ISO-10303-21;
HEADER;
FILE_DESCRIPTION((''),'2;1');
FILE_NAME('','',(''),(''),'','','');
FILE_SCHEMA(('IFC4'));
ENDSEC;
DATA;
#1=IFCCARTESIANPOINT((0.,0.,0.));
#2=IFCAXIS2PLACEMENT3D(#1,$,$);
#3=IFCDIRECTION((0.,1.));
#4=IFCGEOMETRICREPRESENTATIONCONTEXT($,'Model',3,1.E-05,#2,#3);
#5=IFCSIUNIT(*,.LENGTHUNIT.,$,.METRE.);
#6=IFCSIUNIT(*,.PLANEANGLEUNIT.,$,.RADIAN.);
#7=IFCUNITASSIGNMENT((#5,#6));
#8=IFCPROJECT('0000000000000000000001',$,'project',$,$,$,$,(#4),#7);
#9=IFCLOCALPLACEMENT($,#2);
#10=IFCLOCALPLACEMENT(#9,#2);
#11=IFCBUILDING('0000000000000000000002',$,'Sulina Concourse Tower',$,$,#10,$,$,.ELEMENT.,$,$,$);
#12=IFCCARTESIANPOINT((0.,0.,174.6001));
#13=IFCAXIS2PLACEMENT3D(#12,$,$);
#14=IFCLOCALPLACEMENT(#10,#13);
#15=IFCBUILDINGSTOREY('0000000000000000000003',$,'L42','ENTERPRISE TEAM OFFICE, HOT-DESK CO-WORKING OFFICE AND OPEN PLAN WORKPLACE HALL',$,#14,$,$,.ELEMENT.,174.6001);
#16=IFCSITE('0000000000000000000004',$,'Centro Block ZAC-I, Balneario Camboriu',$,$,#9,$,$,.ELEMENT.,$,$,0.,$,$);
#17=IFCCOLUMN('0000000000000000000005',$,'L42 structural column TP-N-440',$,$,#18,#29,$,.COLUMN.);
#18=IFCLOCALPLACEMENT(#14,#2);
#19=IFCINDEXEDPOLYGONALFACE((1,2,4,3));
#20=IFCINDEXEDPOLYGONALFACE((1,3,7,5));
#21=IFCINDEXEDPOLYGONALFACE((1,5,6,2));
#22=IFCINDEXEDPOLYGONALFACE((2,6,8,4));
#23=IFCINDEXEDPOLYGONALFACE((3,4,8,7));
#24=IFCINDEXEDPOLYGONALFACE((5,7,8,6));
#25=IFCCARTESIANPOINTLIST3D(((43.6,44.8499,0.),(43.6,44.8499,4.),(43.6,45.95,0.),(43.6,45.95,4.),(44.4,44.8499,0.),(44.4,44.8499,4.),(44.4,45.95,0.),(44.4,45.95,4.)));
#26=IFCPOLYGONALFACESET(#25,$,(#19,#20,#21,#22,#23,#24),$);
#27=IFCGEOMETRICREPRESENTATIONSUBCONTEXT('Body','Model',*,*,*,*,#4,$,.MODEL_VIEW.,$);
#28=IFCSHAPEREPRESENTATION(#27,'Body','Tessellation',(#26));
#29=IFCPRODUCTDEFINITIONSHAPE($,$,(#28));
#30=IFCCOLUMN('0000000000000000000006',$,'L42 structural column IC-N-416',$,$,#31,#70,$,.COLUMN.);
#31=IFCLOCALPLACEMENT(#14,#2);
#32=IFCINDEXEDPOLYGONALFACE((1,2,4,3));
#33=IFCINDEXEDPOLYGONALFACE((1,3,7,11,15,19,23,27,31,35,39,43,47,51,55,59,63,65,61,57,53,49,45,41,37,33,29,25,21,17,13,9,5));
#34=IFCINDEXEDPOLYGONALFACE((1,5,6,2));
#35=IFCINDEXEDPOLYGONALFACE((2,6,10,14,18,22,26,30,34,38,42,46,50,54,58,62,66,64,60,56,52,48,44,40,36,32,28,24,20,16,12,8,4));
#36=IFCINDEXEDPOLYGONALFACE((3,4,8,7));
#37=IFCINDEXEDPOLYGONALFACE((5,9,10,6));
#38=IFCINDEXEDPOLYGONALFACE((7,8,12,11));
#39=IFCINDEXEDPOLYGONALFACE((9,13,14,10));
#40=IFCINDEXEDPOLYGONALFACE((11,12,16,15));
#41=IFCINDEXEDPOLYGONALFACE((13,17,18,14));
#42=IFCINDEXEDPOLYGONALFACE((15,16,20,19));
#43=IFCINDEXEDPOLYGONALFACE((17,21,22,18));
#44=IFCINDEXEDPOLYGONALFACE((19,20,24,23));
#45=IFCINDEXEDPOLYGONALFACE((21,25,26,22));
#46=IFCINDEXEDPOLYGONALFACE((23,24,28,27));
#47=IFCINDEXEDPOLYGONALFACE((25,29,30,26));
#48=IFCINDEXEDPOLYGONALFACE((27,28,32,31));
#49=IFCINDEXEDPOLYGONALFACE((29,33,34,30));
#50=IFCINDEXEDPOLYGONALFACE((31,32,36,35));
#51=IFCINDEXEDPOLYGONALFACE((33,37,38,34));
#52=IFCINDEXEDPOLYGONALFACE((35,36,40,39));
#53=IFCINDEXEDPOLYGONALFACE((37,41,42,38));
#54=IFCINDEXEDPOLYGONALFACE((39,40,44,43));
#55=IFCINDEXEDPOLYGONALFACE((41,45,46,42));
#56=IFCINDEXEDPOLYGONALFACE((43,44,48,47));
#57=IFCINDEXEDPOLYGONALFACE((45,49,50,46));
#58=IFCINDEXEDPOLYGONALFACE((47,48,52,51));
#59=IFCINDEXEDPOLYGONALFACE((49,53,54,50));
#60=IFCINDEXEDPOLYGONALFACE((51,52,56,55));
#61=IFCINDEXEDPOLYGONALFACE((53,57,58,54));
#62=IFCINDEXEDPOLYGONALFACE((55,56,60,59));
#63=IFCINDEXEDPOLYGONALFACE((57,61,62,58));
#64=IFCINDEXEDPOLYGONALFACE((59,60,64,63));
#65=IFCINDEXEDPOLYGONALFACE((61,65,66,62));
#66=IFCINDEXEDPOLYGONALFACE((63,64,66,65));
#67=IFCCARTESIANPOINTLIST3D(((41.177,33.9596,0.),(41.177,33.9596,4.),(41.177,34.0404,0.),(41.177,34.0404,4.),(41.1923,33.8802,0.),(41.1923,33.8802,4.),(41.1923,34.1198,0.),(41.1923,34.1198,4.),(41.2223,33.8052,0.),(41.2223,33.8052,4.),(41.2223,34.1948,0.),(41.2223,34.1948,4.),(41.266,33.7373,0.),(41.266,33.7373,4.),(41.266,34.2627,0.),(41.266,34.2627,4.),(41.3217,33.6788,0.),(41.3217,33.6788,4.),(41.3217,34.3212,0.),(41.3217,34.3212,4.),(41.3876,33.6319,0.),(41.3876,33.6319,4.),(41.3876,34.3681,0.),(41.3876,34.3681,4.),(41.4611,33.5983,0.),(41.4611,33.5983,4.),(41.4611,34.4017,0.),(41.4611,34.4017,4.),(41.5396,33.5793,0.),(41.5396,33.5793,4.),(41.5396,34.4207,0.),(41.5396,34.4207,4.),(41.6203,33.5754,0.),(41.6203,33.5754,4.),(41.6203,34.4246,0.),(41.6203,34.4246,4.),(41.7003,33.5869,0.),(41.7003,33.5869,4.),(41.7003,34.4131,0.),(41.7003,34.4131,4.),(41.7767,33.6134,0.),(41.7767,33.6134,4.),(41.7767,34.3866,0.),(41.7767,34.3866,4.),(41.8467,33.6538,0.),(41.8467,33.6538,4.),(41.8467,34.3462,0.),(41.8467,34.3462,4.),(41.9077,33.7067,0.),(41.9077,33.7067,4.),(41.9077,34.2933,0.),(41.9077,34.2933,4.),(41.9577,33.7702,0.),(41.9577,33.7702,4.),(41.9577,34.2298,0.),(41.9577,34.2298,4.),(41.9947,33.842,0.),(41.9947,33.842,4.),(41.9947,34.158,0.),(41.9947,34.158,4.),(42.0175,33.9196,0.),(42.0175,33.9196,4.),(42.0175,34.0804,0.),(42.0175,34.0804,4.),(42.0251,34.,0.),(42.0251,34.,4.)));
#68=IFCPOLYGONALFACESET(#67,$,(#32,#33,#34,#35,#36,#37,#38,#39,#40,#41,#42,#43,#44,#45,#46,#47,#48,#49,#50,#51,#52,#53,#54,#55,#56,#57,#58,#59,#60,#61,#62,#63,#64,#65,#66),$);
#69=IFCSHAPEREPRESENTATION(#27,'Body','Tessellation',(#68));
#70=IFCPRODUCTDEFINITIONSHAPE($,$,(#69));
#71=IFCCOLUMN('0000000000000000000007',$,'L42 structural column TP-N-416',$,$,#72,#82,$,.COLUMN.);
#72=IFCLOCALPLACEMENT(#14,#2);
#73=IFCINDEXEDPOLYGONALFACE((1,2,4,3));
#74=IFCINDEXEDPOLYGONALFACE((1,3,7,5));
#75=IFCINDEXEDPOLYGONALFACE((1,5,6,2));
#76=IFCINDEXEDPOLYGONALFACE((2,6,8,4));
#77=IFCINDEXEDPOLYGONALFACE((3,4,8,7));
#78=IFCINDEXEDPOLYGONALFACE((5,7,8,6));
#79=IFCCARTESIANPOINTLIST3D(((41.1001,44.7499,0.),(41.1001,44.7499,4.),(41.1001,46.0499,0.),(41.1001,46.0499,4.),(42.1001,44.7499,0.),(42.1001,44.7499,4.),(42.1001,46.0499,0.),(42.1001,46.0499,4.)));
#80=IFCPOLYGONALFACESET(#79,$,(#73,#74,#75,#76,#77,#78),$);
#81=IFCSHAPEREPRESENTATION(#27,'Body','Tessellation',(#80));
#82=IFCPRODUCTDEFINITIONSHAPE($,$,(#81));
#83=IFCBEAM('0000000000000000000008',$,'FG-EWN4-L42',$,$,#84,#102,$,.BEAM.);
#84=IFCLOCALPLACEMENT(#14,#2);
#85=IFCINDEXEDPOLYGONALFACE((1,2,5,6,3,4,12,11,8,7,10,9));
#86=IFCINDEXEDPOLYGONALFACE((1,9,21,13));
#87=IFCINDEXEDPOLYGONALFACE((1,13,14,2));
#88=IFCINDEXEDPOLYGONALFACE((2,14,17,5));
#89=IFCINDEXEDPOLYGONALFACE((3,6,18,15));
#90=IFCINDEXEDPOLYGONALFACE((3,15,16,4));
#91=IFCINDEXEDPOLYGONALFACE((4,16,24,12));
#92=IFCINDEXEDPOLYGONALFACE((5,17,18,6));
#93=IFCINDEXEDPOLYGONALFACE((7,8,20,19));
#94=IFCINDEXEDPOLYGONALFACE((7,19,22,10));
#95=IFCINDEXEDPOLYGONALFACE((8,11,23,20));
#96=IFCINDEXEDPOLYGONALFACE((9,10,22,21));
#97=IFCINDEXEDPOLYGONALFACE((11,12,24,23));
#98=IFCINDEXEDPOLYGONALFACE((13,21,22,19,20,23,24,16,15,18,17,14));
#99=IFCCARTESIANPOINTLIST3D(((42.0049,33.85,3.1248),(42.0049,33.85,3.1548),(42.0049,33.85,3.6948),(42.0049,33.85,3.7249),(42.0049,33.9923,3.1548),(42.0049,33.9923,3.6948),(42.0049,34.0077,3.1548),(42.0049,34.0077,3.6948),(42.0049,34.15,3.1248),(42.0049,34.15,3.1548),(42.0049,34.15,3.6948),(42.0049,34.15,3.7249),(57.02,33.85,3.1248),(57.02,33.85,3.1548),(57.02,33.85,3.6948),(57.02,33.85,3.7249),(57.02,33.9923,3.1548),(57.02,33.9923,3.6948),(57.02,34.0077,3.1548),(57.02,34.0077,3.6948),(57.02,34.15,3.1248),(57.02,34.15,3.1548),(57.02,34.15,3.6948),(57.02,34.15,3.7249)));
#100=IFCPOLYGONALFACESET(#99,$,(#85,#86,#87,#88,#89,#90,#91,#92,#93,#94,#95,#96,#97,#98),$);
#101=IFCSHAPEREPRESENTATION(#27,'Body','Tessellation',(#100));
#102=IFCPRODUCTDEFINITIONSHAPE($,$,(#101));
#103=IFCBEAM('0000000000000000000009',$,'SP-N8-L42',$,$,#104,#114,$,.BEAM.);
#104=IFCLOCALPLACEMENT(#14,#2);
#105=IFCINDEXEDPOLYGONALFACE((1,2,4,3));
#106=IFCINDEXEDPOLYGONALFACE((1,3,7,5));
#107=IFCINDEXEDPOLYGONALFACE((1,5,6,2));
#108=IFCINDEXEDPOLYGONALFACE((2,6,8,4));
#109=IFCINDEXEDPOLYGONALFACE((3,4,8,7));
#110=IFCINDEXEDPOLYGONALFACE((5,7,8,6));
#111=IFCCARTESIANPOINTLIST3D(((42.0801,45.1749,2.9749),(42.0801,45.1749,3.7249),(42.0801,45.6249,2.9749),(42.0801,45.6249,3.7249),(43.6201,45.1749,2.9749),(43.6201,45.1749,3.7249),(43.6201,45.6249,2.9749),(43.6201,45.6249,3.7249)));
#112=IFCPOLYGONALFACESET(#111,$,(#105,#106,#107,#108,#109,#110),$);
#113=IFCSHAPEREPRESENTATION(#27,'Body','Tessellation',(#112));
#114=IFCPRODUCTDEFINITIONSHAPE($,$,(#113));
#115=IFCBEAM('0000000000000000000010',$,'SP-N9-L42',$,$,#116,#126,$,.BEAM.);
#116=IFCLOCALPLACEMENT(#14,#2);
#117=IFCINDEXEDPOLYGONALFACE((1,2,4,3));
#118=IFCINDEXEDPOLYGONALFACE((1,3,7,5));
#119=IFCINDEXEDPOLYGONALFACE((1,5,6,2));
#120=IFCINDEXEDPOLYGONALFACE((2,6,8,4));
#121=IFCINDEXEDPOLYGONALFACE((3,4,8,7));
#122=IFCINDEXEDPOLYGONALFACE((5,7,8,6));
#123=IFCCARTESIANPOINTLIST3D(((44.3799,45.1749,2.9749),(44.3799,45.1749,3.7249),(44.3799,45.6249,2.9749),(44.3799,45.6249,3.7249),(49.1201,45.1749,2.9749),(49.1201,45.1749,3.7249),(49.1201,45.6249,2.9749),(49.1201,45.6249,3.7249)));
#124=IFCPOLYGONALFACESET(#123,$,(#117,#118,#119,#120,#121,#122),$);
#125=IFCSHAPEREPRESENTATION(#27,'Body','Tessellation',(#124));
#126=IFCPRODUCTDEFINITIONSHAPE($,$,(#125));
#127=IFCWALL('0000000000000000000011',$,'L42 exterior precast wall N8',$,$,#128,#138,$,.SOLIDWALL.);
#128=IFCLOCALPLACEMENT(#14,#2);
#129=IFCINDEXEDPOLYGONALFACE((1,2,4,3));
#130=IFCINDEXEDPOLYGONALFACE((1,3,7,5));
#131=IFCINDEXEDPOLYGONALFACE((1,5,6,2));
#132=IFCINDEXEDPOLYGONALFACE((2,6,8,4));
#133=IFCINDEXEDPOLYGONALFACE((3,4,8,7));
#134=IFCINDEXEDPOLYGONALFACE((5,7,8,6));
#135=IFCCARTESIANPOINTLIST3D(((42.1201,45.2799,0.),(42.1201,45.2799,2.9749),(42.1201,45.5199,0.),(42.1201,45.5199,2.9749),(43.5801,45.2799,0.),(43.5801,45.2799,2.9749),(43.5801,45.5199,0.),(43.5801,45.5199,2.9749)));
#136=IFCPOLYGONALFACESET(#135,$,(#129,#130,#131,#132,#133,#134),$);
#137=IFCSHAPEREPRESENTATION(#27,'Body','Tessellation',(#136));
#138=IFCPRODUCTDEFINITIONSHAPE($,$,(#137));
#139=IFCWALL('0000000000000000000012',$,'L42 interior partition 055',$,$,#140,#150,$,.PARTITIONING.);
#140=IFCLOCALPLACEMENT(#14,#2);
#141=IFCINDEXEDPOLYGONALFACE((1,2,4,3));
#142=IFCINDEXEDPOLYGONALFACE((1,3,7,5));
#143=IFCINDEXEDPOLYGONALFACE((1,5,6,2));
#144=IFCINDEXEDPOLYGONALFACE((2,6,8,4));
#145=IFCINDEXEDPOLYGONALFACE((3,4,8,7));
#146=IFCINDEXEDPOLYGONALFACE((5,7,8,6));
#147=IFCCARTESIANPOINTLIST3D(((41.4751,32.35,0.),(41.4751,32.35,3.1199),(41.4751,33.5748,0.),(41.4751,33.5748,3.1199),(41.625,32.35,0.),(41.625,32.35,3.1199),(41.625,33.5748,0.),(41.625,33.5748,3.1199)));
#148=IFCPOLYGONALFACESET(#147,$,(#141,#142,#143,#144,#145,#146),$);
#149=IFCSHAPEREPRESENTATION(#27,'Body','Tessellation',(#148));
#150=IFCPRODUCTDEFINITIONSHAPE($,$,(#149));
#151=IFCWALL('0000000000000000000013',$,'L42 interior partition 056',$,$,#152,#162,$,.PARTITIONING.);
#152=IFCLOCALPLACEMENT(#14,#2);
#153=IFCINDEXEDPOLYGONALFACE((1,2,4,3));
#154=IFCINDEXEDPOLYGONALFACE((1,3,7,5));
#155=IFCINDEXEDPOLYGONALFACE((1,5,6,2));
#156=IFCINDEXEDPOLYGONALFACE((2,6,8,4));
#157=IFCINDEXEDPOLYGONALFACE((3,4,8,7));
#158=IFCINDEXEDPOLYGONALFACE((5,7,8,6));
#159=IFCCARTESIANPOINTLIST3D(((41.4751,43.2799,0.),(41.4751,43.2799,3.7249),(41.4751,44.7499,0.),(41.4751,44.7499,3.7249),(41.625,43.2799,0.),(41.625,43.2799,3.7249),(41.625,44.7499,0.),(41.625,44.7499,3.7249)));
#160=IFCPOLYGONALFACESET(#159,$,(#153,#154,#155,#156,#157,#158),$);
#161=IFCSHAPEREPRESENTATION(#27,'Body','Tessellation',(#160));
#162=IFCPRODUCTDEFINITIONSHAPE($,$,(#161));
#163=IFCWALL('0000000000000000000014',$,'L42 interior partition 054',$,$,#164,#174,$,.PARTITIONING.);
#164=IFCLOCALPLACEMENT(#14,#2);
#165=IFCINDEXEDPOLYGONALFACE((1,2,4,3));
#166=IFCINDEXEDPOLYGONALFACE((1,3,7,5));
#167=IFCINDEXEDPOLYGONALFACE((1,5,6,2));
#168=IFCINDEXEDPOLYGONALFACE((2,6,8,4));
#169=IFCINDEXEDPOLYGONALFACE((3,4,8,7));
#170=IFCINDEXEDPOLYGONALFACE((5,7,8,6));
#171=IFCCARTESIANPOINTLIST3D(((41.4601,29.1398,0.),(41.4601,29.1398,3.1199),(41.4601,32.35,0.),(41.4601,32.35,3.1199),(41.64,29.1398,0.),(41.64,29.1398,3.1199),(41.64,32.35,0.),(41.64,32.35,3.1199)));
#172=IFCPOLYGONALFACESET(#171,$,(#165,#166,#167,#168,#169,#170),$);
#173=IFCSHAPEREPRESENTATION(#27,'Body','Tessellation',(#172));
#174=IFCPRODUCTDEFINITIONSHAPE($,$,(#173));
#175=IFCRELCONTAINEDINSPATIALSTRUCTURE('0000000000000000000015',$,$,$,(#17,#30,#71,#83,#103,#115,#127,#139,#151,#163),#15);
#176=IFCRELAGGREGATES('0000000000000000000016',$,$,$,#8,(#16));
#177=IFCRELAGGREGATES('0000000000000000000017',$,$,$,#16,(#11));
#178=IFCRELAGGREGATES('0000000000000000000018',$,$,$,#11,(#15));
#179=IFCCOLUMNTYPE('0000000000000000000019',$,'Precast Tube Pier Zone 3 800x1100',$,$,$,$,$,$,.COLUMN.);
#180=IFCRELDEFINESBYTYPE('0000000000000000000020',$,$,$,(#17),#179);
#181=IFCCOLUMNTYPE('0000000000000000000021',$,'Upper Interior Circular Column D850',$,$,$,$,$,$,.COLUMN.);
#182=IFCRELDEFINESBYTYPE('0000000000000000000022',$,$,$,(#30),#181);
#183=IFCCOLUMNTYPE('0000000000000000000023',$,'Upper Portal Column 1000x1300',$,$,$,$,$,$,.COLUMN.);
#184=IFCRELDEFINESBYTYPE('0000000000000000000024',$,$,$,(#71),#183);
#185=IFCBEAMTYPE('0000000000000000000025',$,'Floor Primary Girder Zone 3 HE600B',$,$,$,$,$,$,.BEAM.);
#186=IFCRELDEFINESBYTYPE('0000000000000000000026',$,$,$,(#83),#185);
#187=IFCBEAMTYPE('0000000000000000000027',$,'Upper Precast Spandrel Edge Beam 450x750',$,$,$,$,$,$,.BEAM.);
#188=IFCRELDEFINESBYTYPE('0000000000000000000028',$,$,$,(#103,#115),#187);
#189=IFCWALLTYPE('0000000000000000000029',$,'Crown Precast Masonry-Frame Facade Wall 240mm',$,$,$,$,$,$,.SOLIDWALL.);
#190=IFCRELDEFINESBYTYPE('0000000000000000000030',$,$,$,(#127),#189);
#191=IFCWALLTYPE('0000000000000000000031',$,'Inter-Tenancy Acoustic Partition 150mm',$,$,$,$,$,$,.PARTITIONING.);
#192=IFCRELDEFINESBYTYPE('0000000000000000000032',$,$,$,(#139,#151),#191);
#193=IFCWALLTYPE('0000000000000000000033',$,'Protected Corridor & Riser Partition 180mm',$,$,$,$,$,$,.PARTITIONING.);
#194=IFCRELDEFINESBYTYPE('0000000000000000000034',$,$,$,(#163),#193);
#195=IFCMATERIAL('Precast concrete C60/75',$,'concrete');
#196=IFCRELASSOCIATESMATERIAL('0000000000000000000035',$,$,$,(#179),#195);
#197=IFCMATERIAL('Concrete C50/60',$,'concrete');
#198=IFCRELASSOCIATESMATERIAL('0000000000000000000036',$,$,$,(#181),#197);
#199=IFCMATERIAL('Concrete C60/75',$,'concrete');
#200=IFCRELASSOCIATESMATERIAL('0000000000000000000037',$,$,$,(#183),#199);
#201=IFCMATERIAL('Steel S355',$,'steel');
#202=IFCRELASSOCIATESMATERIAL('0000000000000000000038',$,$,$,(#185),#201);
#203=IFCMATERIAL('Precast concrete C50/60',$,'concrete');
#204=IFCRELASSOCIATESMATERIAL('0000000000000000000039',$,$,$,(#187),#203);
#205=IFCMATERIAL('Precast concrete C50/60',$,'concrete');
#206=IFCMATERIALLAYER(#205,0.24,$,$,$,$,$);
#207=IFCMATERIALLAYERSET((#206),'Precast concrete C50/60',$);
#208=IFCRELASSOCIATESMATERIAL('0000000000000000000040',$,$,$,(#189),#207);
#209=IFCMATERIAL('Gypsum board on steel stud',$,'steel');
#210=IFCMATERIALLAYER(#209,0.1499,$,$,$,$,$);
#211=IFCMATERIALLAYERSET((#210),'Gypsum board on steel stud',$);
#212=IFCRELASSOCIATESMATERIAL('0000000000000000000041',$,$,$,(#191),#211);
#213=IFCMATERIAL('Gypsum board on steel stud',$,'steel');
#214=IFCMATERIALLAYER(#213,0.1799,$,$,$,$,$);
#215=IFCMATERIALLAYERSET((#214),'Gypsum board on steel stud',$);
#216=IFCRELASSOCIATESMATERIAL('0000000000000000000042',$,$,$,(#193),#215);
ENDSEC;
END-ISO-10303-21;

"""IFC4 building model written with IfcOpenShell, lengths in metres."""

from ifc_helpers import new_model, si_unit, direction, frame, frame_2d, origin, origin_2d, place, context, subcontext, project, spatial, rectangle, circle, i_section, extrude, material, layer, layer_set, material_profile, profile_set, type_object, element, save


model = new_model("IFC4")

# Units and contexts
model_context = context("Model", 3, precision=1e-05, world=origin(), true_north=direction((0.0, 1.0)))
body_context = subcontext(model_context, "Body", "Model", "MODEL_VIEW")
ifc_project = project(units=[si_unit("LENGTHUNIT", "METRE"), si_unit("PLANEANGLEUNIT", "RADIAN")], contexts=[model_context])

# Site, building, storey
site_placement = place(None, origin())
site = spatial("IfcSite", under=ifc_project, at=site_placement, Name="Centro Block ZAC-I, Balneario Camboriu", CompositionType="ELEMENT", RefElevation=0.0)
building_placement = place(site_placement, origin())
building = spatial("IfcBuilding", under=site, at=building_placement, Name="Sulina Concourse Tower", CompositionType="ELEMENT")
storey_placement = place(building_placement, frame((0.0, 0.0, 174.6001)))
storey = spatial("IfcBuildingStorey", under=building, at=storey_placement, Name="L42", Description="ENTERPRISE TEAM OFFICE, HOT-DESK CO-WORKING OFFICE AND OPEN PLAN WORKPLACE HALL", CompositionType="ELEMENT", Elevation=174.6001)

# Columns
ifc_material_1 = material(Name="Precast concrete C60/75", Category="concrete")
ifc_material_profile_1 = material_profile(ifc_material_1, rectangle(XDim=0.8, YDim=1.1001, at=origin_2d()), Name="PC 800x1100")
ifc_profile_set_1 = profile_set([ifc_material_profile_1], Name="Precast concrete C60/75")
column_type_1 = type_object("IfcColumnType", Name="Precast Tube Pier Zone 3 800x1100", PredefinedType="COLUMN", material=ifc_profile_set_1)
column_1_placement = place(storey_placement, frame((44.0, 45.3999, 0.0), z_axis=(0.0, 0.0, 1.0), x_axis=(1.0, 0.0, 0.0)))
element("IfcColumn", 1, at=column_1_placement, inside=storey, type_object=column_type_1, Name="L42 structural column TP-N-440", PredefinedType="COLUMN", context=body_context, shape_type="SweptSolid", body=[
    extrude(rectangle(XDim=0.8, YDim=1.1001, at=origin_2d()), origin(), (0.0, 0.0, 1.0), 4.0),
])
ifc_material_2 = material(Name="Concrete C50/60", Category="concrete")
ifc_material_profile_2 = material_profile(ifc_material_2, circle(Radius=0.425, at=origin_2d()), Name="RC D850")
ifc_profile_set_2 = profile_set([ifc_material_profile_2], Name="Concrete C50/60")
column_type_2 = type_object("IfcColumnType", Name="Upper Interior Circular Column D850", PredefinedType="COLUMN", material=ifc_profile_set_2)
column_2_placement = place(storey_placement, frame((41.6001, 34.0, 0.0), z_axis=(0.0, 0.0, 1.0), x_axis=(1.0, 0.0, 0.0)))
element("IfcColumn", 2, at=column_2_placement, inside=storey, type_object=column_type_2, Name="L42 structural column IC-N-416", PredefinedType="COLUMN", context=body_context, shape_type="SweptSolid", body=[
    extrude(circle(Radius=0.425, at=origin_2d()), origin(), (0.0, 0.0, 1.0), 4.0),
])
ifc_material_3 = material(Name="Concrete C60/75", Category="concrete")
ifc_material_profile_3 = material_profile(ifc_material_3, rectangle(XDim=1.0, YDim=1.3, at=origin_2d()), Name="RC 1000x1300")
ifc_profile_set_3 = profile_set([ifc_material_profile_3], Name="Concrete C60/75")
column_type_3 = type_object("IfcColumnType", Name="Upper Portal Column 1000x1300", PredefinedType="COLUMN", material=ifc_profile_set_3)
column_3_placement = place(storey_placement, frame((41.6001, 45.3999, 0.0), z_axis=(0.0, 0.0, 1.0), x_axis=(1.0, 0.0, 0.0)))
element("IfcColumn", 3, at=column_3_placement, inside=storey, type_object=column_type_3, Name="L42 structural column TP-N-416", PredefinedType="COLUMN", context=body_context, shape_type="SweptSolid", body=[
    extrude(rectangle(XDim=1.0, YDim=1.3, at=origin_2d()), origin(), (0.0, 0.0, 1.0), 4.0),
])

# Beams
ifc_material_4 = material(Name="Steel S355", Category="steel")
ifc_material_profile_4 = material_profile(ifc_material_4, i_section(OverallWidth=0.3, OverallDepth=0.6001, WebThickness=0.0154, FlangeThickness=0.03, at=origin_2d()), Name="HE 600 B")
ifc_profile_set_4 = profile_set([ifc_material_profile_4], Name="Steel S355")
beam_type_1 = type_object("IfcBeamType", Name="Floor Primary Girder Zone 3 HE600B", PredefinedType="BEAM", material=ifc_profile_set_4)
beam_1_placement = place(storey_placement, frame((42.0049, 34.0, 3.4248), z_axis=(1.0, 0.0, 0.0), x_axis=(0.0, 1.0, 0.0)))
element("IfcBeam", 4, at=beam_1_placement, inside=storey, type_object=beam_type_1, Name="FG-EWN4-L42", PredefinedType="BEAM", context=body_context, shape_type="SweptSolid", body=[
    extrude(i_section(OverallWidth=0.3, OverallDepth=0.6001, WebThickness=0.0154, FlangeThickness=0.03, at=origin_2d()), origin(), (0.0, 0.0, 1.0), 15.0151),
])
ifc_material_5 = material(Name="Precast concrete C50/60", Category="concrete")
ifc_material_profile_5 = material_profile(ifc_material_5, rectangle(XDim=0.45, YDim=0.75, at=origin_2d()), Name="RC 450x750")
ifc_profile_set_5 = profile_set([ifc_material_profile_5], Name="Precast concrete C50/60")
beam_type_2 = type_object("IfcBeamType", Name="Upper Precast Spandrel Edge Beam 450x750", PredefinedType="BEAM", material=ifc_profile_set_5)
beam_2_placement = place(storey_placement, frame((42.0801, 45.3999, 3.3499), z_axis=(1.0, 0.0, 0.0), x_axis=(0.0, 1.0, 0.0)))
element("IfcBeam", 5, at=beam_2_placement, inside=storey, type_object=beam_type_2, Name="SP-N8-L42", PredefinedType="BEAM", context=body_context, shape_type="SweptSolid", body=[
    extrude(rectangle(XDim=0.45, YDim=0.75, at=origin_2d()), origin(), (0.0, 0.0, 1.0), 1.54),
])
beam_3_placement = place(storey_placement, frame((44.3799, 45.3999, 3.3499), z_axis=(1.0, 0.0, 0.0), x_axis=(0.0, 1.0, 0.0)))
element("IfcBeam", 6, at=beam_3_placement, inside=storey, type_object=beam_type_2, Name="SP-N9-L42", PredefinedType="BEAM", context=body_context, shape_type="SweptSolid", body=[
    extrude(rectangle(XDim=0.45, YDim=0.75, at=origin_2d()), origin(), (0.0, 0.0, 1.0), 4.7402),
])

# Walls
ifc_material_6 = material(Name="Precast concrete C50/60", Category="concrete")
ifc_layer_1 = layer(ifc_material_6, 0.24)
ifc_layer_set_1 = layer_set([ifc_layer_1], Name="Precast concrete C50/60")
wall_type_1 = type_object("IfcWallType", Name="Crown Precast Masonry-Frame Facade Wall 240mm", PredefinedType="SOLIDWALL", material=ifc_layer_set_1)
wall_1_placement = place(storey_placement, frame((42.1201, 45.3999, 0.0), z_axis=(0.0, 0.0, 1.0), x_axis=(1.0, 0.0, 0.0)))
element("IfcWall", 7, at=wall_1_placement, inside=storey, type_object=wall_type_1, Name="L42 exterior precast wall N8", PredefinedType="SOLIDWALL", context=body_context, shape_type="SweptSolid", body=[
    extrude(rectangle(XDim=1.46, YDim=0.24, at=frame_2d((0.73, 0.0))), origin(), (0.0, 0.0, 1.0), 2.9749),
])
ifc_material_7 = material(Name="Gypsum board on steel stud", Category="steel")
ifc_layer_2 = layer(ifc_material_7, 0.1499)
ifc_layer_set_2 = layer_set([ifc_layer_2], Name="Gypsum board on steel stud")
wall_type_2 = type_object("IfcWallType", Name="Inter-Tenancy Acoustic Partition 150mm", PredefinedType="PARTITIONING", material=ifc_layer_set_2)
wall_2_placement = place(storey_placement, frame((41.55, 32.3501, 0.0), z_axis=(0.0, 0.0, 1.0), x_axis=(0.0, 1.0, 0.0)))
element("IfcWall", 8, at=wall_2_placement, inside=storey, type_object=wall_type_2, Name="L42 interior partition 055", PredefinedType="PARTITIONING", context=body_context, shape_type="SweptSolid", body=[
    extrude(rectangle(XDim=1.2249, YDim=0.1499, at=frame_2d((0.6123, 0.0))), origin(), (0.0, 0.0, 1.0), 3.1199),
])
wall_3_placement = place(storey_placement, frame((41.55, 43.28, 0.0), z_axis=(0.0, 0.0, 1.0), x_axis=(0.0, 1.0, 0.0)))
element("IfcWall", 9, at=wall_3_placement, inside=storey, type_object=wall_type_2, Name="L42 interior partition 056", PredefinedType="PARTITIONING", context=body_context, shape_type="SweptSolid", body=[
    extrude(rectangle(XDim=1.47, YDim=0.1499, at=frame_2d((0.7349, 0.0))), origin(), (0.0, 0.0, 1.0), 3.7249),
])
ifc_material_8 = material(Name="Gypsum board on steel stud", Category="steel")
ifc_layer_3 = layer(ifc_material_8, 0.1799)
ifc_layer_set_3 = layer_set([ifc_layer_3], Name="Gypsum board on steel stud")
wall_type_3 = type_object("IfcWallType", Name="Protected Corridor & Riser Partition 180mm", PredefinedType="PARTITIONING", material=ifc_layer_set_3)
wall_4_placement = place(storey_placement, frame((41.55, 29.1399, 0.0), z_axis=(0.0, 0.0, 1.0), x_axis=(0.0, 1.0, 0.0)))
element("IfcWall", 10, at=wall_4_placement, inside=storey, type_object=wall_type_3, Name="L42 interior partition 054", PredefinedType="PARTITIONING", context=body_context, shape_type="SweptSolid", body=[
    extrude(rectangle(XDim=3.2102, YDim=0.1799, at=frame_2d((1.605, 0.0))), origin(), (0.0, 0.0, 1.0), 3.1199),
])

save(model, "model.ifc")
